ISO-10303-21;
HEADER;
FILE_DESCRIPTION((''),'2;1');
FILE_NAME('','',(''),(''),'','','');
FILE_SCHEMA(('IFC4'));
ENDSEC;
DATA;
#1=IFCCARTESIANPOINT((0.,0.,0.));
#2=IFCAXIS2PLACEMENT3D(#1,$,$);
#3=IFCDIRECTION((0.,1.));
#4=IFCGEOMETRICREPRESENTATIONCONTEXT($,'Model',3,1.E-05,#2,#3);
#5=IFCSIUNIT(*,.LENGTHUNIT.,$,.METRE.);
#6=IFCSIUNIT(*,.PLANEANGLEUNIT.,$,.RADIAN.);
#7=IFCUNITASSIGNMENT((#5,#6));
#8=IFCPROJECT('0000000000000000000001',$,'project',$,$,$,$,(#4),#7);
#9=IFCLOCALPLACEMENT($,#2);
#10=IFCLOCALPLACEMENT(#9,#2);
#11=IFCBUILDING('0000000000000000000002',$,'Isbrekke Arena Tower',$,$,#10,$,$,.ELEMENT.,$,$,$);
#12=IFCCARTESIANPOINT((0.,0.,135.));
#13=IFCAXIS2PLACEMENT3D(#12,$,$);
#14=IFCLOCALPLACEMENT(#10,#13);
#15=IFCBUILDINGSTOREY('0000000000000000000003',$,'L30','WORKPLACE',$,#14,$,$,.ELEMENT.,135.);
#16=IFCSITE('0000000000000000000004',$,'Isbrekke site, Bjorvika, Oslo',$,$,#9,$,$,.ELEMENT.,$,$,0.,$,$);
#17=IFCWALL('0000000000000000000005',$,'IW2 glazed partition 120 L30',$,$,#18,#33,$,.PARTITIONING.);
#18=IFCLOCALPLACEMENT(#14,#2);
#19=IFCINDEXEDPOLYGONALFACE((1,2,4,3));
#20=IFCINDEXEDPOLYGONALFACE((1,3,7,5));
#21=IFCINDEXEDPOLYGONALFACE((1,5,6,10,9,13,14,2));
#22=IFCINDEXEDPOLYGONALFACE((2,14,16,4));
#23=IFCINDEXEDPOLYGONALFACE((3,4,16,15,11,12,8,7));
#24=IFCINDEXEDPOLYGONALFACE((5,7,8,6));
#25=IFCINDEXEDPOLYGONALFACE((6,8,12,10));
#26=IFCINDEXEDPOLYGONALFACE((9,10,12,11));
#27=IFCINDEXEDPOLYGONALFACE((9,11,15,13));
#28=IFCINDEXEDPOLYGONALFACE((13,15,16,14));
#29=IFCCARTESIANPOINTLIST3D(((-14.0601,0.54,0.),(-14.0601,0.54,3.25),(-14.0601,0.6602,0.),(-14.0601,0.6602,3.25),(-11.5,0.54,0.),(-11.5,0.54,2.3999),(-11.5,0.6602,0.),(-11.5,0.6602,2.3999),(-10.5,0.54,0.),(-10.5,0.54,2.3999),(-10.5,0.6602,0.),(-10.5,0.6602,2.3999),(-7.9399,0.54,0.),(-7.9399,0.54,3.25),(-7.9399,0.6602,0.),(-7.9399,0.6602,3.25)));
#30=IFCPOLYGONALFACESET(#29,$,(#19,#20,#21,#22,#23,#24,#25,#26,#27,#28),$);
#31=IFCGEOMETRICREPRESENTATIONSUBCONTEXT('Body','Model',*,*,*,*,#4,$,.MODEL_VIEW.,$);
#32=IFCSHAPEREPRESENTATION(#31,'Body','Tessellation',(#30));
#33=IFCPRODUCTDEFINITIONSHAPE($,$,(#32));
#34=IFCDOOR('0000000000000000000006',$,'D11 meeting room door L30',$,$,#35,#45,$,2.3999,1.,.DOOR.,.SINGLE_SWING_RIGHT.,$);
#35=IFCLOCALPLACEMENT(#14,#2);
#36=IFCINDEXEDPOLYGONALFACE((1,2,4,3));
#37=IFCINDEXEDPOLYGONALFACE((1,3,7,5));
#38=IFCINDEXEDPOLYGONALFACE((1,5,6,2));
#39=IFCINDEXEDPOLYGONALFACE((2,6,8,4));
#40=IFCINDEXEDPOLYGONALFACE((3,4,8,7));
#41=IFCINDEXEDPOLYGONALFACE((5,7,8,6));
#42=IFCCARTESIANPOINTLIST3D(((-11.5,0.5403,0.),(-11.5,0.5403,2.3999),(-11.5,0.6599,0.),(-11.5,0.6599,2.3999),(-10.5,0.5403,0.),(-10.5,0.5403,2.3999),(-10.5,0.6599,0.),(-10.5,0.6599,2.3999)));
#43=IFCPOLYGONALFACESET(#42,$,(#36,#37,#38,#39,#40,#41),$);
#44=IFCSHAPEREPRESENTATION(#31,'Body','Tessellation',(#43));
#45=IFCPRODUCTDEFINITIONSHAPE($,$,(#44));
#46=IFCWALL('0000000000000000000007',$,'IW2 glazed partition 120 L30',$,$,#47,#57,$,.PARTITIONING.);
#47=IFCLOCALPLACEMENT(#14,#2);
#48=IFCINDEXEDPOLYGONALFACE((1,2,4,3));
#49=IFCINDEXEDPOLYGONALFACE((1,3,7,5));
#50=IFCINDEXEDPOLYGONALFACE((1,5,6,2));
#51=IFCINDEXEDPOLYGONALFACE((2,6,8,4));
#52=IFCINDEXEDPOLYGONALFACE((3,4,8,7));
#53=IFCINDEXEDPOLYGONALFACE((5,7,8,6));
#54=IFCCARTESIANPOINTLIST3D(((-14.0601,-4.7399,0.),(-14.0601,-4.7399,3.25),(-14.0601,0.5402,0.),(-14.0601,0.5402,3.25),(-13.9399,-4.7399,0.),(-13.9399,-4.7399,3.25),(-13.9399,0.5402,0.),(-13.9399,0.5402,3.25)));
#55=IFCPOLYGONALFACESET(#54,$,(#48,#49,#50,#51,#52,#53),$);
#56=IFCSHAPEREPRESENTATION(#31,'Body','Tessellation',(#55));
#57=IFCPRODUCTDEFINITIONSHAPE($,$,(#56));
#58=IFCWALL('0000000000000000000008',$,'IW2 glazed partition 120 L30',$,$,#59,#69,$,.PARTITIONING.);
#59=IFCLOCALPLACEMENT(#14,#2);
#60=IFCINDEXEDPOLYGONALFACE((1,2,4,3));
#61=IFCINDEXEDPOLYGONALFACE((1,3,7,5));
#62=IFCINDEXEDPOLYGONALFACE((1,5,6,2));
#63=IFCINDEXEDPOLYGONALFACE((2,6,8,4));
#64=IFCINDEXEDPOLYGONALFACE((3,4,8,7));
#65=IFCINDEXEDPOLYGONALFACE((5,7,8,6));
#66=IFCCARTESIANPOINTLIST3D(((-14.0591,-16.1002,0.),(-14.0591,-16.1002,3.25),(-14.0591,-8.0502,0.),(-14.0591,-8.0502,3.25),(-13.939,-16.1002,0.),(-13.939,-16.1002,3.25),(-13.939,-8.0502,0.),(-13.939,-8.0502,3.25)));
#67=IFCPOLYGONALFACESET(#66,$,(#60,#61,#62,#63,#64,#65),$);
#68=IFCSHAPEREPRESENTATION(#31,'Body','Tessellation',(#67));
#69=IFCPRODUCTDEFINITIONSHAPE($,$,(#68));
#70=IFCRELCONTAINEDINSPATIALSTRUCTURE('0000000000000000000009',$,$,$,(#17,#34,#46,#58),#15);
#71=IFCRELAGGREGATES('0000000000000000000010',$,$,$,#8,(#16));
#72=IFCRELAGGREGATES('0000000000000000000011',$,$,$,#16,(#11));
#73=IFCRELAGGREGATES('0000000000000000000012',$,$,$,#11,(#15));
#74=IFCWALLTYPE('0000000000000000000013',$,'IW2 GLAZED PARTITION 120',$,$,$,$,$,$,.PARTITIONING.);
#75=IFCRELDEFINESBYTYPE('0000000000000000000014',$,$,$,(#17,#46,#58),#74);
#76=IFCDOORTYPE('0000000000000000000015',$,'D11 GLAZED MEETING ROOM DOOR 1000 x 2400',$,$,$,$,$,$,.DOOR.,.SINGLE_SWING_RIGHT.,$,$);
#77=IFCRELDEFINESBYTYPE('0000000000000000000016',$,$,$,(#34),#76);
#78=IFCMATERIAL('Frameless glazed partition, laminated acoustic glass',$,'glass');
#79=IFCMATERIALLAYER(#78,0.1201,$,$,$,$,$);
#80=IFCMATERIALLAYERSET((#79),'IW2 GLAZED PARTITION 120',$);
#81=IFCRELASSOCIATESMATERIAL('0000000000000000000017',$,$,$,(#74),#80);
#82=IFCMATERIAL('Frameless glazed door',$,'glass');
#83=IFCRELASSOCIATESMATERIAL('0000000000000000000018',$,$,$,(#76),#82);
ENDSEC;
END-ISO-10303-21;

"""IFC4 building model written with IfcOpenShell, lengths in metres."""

from ifc_helpers import new_model, si_unit, direction, frame, frame_2d, origin, place, context, subcontext, project, spatial, rectangle, extrude, material, layer, layer_set, type_object, element, fill, save


model = new_model("IFC4")

# Units and contexts
model_context = context("Model", 3, precision=1e-05, world=origin(), true_north=direction((0.0, 1.0)))
body_context = subcontext(model_context, "Body", "Model", "MODEL_VIEW")
ifc_project = project(units=[si_unit("LENGTHUNIT", "METRE"), si_unit("PLANEANGLEUNIT", "RADIAN")], contexts=[model_context])

# Site, building, storey
site_placement = place(None, origin())
site = spatial("IfcSite", under=ifc_project, at=site_placement, Name="Isbrekke site, Bjorvika, Oslo", CompositionType="ELEMENT", RefElevation=0.0)
building_placement = place(site_placement, origin())
building = spatial("IfcBuilding", under=site, at=building_placement, Name="Isbrekke Arena Tower", CompositionType="ELEMENT")
storey_placement = place(building_placement, frame((0.0, 0.0, 135.0)))
storey = spatial("IfcBuildingStorey", under=building, at=storey_placement, Name="L30", Description="WORKPLACE", CompositionType="ELEMENT", Elevation=135.0)

# Shared definitions
ifc_material_1 = material(Name="Frameless glazed partition, laminated acoustic glass", Category="glass")
ifc_layer_1 = layer(ifc_material_1, 0.1201)
ifc_layer_set_1 = layer_set([ifc_layer_1], Name="IW2 GLAZED PARTITION 120")
wall_type_1 = type_object("IfcWallType", Name="IW2 GLAZED PARTITION 120", PredefinedType="PARTITIONING", material=ifc_layer_set_1)

# Wall, opening, door
wall_1_placement = place(storey_placement, frame((-14.0601, 0.6001, 0.0), z_axis=(0.0, 0.0, 1.0), x_axis=(1.0, 0.0, 0.0)))
wall_1 = element("IfcWall", 1, at=wall_1_placement, inside=storey, type_object=wall_type_1, Name="IW2 glazed partition 120 L30", PredefinedType="PARTITIONING", context=body_context, shape_type="SweptSolid", body=[
    extrude(rectangle(XDim=6.1201, YDim=0.1201, at=frame_2d((3.0601, 0.0))), origin(), (0.0, 0.0, 1.0), 3.25),
])
opening_1_placement = place(wall_1_placement, frame((2.5601, 0.0, 0.0)))
opening_1 = element("IfcOpeningElement", 2, at=opening_1_placement, cuts=wall_1, PredefinedType="OPENING", context=body_context, shape_type="SweptSolid", body=[
    extrude(rectangle(XDim=1.0, YDim=2.3999, at=frame_2d((0.5, 1.2))), frame((0.0, 0.075, 0.0), z_axis=(0.0, -1.0, 0.0), x_axis=(1.0, 0.0, 0.0)), (0.0, 0.0, 1.0), 0.1499),
])
ifc_material_2 = material(Name="Frameless glazed door", Category="glass")
door_type_1 = type_object("IfcDoorType", Name="D11 GLAZED MEETING ROOM DOOR 1000 x 2400", OperationType="SINGLE_SWING_RIGHT", PredefinedType="DOOR", material=ifc_material_2)
door_1_placement = place(opening_1_placement, origin())
door_1 = element("IfcDoor", 3, at=door_1_placement, inside=storey, type_object=door_type_1, Name="D11 meeting room door L30", OperationType="SINGLE_SWING_RIGHT", OverallHeight=2.3999, OverallWidth=1.0, PredefinedType="DOOR", context=body_context, shape_type="SweptSolid", body=[
    extrude(rectangle(XDim=1.0, YDim=2.3999, at=frame_2d((0.5, 1.2))), frame((0.0, 0.0598, 0.0), z_axis=(0.0, -1.0, 0.0), x_axis=(1.0, 0.0, 0.0)), (0.0, 0.0, 1.0), 0.1196),
])
fill(opening_1, door_1)

# Walls
wall_2_placement = place(storey_placement, frame((-14.0, -4.74, 0.0), z_axis=(0.0, 0.0, 1.0), x_axis=(0.0, 1.0, 0.0)))
element("IfcWall", 4, at=wall_2_placement, inside=storey, type_object=wall_type_1, Name="IW2 glazed partition 120 L30", PredefinedType="PARTITIONING", context=body_context, shape_type="SweptSolid", body=[
    extrude(rectangle(XDim=5.28, YDim=0.1201, at=frame_2d((2.6401, 0.0))), origin(), (0.0, 0.0, 1.0), 3.25),
])
wall_3_placement = place(storey_placement, frame((-13.999, -16.1001, 0.0), z_axis=(0.0, 0.0, 1.0), x_axis=(0.0, 1.0, 0.0)))
element("IfcWall", 5, at=wall_3_placement, inside=storey, type_object=wall_type_1, Name="IW2 glazed partition 120 L30", PredefinedType="PARTITIONING", context=body_context, shape_type="SweptSolid", body=[
    extrude(rectangle(XDim=8.05, YDim=0.1201, at=frame_2d((4.0249, 0.0))), origin(), (0.0, 0.0, 1.0), 3.25),
])

save(model, "model.ifc")
